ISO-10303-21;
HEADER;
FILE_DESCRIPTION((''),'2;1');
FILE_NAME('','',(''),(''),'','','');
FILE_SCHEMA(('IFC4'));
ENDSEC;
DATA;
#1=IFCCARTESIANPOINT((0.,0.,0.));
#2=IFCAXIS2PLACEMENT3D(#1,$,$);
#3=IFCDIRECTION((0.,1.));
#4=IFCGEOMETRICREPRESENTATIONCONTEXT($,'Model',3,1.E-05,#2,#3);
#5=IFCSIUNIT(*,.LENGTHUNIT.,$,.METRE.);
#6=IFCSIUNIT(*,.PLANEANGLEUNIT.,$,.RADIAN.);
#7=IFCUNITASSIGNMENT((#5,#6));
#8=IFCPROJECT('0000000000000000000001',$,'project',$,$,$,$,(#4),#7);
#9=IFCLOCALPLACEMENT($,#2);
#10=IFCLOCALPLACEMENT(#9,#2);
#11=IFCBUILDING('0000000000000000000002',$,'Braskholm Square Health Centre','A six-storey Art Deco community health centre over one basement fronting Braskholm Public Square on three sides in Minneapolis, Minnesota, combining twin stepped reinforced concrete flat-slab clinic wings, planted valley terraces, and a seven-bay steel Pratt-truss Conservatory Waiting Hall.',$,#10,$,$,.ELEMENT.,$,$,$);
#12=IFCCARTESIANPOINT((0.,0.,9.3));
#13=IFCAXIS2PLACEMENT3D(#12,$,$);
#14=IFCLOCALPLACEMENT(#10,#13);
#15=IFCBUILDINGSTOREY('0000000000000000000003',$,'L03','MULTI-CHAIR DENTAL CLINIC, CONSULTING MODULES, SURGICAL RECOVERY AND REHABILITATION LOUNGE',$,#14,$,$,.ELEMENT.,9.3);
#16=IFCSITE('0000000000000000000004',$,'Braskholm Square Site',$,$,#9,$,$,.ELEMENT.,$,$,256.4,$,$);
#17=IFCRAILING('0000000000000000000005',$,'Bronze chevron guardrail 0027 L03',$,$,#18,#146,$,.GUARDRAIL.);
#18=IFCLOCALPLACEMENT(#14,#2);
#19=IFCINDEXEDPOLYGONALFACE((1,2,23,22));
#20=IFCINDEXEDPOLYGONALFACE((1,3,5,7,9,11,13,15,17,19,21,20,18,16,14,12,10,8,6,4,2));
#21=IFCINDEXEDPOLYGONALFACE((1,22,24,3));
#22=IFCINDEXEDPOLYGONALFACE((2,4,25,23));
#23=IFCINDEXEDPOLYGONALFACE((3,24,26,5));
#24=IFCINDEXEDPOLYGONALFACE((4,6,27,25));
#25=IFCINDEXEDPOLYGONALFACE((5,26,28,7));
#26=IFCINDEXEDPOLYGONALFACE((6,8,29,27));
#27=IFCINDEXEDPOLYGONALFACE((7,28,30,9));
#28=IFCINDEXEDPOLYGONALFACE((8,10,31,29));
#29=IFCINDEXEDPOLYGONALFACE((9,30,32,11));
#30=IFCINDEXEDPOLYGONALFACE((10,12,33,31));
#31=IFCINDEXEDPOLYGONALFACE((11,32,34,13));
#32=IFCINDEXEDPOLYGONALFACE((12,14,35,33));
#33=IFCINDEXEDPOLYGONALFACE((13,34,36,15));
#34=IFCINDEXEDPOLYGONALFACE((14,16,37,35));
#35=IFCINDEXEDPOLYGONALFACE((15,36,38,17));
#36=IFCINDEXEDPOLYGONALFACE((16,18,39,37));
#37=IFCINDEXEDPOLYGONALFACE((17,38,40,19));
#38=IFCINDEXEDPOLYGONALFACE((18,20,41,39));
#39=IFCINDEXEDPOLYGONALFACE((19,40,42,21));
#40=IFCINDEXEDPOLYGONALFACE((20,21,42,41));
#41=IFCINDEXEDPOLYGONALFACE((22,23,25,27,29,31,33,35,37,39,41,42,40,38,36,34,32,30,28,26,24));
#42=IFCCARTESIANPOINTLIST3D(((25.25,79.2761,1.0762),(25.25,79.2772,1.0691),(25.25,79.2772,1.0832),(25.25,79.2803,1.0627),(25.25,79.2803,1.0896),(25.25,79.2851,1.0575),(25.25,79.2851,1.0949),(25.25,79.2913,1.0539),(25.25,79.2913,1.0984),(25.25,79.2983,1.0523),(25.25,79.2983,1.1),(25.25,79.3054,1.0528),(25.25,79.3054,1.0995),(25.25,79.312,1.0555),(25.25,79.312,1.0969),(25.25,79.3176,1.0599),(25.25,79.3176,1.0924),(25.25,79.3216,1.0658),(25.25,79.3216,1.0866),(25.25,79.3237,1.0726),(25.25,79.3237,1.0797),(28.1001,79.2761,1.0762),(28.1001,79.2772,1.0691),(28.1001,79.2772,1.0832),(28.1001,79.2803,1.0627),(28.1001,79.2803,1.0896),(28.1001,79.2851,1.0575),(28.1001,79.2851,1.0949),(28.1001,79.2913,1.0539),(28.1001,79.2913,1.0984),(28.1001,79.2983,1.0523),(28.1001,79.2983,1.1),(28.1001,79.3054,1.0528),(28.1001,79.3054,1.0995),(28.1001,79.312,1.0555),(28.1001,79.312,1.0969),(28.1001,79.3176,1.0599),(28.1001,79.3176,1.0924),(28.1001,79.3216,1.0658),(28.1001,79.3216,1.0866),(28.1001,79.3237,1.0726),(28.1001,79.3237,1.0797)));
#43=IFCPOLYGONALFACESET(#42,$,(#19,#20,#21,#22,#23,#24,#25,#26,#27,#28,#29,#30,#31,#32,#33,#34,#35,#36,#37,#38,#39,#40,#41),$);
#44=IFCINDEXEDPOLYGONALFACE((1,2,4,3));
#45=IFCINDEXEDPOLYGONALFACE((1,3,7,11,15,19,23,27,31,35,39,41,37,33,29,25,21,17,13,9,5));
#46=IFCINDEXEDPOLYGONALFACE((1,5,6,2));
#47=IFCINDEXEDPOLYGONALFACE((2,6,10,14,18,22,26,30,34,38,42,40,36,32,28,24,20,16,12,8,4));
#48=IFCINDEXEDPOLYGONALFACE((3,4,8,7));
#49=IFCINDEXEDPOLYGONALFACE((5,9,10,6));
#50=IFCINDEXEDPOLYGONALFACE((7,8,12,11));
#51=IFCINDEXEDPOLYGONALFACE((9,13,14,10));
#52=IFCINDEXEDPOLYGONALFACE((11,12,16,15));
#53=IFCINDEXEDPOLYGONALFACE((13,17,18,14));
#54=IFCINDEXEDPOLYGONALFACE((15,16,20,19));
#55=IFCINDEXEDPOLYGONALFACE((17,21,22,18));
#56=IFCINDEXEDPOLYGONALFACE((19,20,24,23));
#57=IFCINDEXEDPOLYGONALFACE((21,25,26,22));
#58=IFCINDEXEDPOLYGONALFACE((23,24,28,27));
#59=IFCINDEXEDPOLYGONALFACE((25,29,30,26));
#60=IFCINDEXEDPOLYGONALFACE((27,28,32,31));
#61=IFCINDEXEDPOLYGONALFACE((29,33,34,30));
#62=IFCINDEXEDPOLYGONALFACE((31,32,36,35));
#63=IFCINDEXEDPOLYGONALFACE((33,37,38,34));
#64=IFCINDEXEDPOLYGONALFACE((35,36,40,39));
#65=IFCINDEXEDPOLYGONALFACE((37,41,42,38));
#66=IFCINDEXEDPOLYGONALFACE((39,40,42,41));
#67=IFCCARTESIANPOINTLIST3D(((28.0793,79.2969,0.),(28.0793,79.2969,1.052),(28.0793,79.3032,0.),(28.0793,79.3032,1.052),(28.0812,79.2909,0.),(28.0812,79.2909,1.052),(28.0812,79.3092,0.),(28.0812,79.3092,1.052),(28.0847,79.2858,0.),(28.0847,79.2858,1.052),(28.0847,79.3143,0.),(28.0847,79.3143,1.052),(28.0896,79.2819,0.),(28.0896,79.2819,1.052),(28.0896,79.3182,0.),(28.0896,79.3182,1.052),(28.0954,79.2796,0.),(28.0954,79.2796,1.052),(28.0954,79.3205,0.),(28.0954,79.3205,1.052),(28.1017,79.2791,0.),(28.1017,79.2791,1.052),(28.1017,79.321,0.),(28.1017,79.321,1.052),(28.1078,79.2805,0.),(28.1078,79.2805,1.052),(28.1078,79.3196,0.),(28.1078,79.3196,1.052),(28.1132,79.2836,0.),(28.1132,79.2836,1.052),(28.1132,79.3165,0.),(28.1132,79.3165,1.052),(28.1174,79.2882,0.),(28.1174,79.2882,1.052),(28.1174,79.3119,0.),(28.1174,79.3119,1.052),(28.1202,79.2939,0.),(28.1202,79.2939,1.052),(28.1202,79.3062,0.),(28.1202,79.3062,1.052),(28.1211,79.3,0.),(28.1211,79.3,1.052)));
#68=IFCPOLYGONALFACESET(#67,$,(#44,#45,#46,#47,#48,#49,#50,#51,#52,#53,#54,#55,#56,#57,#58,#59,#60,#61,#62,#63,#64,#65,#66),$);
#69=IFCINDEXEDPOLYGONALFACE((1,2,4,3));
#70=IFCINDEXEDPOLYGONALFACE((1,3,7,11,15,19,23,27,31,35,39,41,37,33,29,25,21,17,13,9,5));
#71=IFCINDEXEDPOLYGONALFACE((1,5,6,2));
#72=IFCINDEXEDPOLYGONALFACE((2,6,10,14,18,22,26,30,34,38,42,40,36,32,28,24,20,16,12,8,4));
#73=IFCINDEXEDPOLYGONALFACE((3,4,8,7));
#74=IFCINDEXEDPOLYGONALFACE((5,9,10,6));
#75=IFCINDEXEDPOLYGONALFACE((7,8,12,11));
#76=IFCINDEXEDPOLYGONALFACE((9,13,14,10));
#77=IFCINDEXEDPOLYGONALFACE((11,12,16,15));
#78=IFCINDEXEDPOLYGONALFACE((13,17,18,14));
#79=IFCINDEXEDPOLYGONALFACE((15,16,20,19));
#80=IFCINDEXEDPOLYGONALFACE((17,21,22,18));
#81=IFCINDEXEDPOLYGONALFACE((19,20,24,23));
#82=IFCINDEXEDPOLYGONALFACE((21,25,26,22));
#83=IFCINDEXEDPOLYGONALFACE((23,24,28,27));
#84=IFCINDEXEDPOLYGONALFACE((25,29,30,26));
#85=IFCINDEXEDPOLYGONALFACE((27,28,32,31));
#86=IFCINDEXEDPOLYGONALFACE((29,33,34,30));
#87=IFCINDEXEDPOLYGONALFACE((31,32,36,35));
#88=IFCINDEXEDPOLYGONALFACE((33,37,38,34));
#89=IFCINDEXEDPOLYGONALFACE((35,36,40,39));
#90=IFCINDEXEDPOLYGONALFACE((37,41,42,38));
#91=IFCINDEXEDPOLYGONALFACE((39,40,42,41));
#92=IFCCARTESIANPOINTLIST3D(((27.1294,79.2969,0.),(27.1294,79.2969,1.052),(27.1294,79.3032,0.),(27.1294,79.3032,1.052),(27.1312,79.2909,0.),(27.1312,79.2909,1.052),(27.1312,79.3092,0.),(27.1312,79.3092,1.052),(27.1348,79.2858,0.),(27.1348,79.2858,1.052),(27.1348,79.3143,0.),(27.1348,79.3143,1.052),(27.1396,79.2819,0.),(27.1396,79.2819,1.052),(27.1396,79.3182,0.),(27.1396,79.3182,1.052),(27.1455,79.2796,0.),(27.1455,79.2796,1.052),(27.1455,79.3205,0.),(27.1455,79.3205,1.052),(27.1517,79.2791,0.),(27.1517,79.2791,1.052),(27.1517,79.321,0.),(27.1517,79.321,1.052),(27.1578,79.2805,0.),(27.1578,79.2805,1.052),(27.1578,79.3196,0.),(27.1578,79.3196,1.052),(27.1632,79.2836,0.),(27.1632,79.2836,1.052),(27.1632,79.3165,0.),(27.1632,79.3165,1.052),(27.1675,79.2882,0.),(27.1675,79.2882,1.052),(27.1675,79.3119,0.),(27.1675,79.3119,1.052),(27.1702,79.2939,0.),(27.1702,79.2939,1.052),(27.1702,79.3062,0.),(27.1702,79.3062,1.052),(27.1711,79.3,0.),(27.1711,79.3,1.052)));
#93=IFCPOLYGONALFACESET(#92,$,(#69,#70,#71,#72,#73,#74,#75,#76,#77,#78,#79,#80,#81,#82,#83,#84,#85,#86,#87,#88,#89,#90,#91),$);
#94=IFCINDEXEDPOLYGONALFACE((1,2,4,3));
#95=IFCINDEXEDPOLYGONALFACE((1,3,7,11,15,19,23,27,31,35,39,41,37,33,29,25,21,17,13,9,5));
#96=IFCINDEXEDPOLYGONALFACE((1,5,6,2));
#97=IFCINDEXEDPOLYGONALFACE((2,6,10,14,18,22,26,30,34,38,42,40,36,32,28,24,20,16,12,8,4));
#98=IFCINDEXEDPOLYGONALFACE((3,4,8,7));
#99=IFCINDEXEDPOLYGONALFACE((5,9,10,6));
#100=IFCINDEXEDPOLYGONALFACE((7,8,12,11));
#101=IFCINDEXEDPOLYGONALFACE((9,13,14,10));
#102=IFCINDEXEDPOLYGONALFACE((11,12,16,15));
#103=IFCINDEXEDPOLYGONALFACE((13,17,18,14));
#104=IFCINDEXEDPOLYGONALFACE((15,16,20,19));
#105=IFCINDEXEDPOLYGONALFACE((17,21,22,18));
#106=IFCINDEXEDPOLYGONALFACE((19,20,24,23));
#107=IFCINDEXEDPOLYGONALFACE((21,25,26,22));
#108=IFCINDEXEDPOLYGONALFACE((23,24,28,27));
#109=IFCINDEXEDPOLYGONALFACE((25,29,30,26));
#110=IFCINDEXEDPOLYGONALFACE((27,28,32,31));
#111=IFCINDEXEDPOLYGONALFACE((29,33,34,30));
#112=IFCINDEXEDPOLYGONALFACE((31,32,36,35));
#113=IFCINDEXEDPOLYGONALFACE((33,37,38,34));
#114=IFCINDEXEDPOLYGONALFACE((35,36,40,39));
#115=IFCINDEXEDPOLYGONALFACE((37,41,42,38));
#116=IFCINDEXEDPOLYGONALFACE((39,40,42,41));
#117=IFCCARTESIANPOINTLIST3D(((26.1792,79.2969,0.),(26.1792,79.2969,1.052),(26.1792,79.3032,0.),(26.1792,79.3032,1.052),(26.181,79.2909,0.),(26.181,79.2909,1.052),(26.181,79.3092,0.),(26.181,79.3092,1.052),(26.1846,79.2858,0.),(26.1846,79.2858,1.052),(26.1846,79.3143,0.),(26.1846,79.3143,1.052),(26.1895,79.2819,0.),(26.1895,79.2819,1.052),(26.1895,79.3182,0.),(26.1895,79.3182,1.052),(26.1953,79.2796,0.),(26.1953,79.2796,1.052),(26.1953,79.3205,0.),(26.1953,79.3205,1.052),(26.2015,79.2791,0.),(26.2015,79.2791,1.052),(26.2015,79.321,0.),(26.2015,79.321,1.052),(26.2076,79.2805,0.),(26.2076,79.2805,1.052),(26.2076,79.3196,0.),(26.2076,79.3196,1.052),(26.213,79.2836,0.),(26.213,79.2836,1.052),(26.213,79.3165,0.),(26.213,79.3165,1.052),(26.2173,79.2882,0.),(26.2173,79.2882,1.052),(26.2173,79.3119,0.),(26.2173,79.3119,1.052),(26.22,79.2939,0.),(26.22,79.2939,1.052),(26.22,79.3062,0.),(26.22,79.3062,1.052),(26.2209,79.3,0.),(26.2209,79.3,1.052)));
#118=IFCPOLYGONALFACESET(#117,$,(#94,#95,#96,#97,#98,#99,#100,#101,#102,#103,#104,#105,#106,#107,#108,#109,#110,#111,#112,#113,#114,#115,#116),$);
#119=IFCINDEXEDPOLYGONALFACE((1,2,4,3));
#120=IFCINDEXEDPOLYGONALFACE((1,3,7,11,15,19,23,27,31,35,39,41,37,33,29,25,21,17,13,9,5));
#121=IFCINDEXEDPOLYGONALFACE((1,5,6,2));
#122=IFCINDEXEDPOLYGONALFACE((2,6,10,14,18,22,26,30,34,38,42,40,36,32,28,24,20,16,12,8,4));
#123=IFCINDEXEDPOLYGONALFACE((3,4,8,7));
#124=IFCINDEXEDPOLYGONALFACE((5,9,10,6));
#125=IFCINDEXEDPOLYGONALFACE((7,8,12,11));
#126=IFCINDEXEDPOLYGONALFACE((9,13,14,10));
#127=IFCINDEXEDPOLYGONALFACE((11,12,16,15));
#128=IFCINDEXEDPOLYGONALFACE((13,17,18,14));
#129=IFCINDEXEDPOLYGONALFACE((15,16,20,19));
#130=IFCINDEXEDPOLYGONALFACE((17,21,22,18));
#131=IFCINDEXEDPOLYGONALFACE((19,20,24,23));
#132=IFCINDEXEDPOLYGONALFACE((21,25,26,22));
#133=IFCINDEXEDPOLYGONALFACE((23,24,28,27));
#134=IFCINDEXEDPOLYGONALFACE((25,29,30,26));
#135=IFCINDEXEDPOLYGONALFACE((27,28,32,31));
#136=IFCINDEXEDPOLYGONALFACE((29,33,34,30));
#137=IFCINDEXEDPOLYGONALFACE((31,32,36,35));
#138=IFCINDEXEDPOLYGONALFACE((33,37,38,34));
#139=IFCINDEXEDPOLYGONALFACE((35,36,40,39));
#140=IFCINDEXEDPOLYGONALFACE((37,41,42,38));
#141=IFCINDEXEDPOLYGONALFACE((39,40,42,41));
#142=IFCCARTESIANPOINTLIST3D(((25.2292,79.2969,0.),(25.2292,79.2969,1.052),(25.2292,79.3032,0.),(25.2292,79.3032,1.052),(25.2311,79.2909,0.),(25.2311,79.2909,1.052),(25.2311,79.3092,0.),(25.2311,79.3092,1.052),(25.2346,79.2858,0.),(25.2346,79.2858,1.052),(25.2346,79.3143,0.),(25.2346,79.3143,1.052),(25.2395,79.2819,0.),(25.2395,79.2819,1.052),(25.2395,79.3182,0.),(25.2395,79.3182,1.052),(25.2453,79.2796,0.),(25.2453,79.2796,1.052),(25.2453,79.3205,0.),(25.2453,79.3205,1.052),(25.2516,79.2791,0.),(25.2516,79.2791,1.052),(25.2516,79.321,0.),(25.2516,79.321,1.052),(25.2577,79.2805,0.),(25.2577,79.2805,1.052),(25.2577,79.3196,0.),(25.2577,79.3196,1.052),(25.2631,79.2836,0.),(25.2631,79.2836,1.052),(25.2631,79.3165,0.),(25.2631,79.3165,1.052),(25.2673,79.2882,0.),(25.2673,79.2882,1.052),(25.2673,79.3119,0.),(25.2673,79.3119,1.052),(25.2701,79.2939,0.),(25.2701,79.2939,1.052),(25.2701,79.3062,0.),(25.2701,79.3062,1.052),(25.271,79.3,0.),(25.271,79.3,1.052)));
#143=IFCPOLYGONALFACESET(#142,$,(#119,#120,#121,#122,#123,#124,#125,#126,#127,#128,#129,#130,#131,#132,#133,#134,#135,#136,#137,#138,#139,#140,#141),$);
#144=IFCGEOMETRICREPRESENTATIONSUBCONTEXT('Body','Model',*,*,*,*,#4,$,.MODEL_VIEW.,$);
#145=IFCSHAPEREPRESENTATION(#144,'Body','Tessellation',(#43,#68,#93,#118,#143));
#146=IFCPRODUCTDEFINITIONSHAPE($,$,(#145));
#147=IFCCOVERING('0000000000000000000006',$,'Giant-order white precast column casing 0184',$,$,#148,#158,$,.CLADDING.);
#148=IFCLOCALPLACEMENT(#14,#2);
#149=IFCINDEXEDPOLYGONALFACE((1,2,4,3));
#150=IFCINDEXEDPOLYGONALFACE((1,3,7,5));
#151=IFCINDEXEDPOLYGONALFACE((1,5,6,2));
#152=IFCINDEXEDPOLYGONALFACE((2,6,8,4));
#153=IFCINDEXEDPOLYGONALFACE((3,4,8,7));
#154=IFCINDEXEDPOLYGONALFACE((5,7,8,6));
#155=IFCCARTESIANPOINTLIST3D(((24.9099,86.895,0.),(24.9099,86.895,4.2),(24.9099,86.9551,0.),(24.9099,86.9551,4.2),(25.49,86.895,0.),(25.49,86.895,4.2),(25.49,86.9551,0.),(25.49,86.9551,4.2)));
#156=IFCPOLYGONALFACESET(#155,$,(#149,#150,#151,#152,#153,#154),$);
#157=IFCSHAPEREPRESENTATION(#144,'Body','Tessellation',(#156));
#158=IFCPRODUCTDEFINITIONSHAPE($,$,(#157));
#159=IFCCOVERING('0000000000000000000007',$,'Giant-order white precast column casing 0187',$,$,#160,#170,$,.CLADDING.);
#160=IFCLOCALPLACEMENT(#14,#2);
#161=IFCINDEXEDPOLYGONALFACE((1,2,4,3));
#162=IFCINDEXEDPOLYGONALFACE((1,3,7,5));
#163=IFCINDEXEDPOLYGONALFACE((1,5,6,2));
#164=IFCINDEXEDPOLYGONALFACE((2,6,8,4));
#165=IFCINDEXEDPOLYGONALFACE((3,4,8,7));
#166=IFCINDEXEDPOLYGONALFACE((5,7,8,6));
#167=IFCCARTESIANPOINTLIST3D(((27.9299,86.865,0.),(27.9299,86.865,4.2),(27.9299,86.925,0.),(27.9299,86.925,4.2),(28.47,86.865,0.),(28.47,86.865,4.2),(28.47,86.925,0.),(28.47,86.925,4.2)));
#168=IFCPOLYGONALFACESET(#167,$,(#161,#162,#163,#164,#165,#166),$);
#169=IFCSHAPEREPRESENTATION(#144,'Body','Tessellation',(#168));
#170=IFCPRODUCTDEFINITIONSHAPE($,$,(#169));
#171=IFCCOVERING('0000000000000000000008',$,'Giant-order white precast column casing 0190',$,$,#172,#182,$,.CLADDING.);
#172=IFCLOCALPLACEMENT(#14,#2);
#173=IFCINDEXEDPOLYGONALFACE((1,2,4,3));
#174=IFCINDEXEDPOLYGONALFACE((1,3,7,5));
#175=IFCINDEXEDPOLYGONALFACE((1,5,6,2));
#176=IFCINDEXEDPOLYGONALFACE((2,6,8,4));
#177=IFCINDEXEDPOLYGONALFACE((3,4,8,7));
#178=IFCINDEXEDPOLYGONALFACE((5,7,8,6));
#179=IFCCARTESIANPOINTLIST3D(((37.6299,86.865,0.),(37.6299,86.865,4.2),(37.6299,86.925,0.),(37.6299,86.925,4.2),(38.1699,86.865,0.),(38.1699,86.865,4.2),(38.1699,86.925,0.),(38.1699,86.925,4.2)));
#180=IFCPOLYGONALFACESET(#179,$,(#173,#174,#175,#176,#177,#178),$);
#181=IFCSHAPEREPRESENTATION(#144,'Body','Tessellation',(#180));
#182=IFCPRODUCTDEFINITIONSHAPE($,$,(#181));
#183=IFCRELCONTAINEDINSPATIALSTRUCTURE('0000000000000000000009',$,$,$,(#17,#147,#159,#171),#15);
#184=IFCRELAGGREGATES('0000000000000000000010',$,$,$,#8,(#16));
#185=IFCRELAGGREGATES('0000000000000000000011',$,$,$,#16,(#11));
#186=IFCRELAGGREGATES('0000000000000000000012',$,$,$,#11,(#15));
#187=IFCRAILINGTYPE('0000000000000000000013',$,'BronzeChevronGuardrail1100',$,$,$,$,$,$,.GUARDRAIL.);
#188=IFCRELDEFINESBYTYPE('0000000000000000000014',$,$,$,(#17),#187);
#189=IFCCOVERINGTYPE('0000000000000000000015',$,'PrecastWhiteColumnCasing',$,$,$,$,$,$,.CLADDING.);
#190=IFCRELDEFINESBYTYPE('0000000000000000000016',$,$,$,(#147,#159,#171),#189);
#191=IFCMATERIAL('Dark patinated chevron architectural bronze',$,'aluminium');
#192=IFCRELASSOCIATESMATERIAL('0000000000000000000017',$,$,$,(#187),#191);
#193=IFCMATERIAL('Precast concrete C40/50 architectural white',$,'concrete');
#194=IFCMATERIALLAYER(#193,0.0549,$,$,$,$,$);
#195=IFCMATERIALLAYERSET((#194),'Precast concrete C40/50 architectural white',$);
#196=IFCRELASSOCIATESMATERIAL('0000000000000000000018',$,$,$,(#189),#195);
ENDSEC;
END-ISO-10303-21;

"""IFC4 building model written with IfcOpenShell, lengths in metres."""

from ifc_helpers import new_model, si_unit, direction, frame, origin, origin_2d, place, context, subcontext, project, spatial, rectangle, circle, extrude, material, layer, layer_set, type_object, element, save


model = new_model("IFC4")

# Units and contexts
model_context = context("Model", 3, precision=1e-05, world=origin(), true_north=direction((0.0, 1.0)))
body_context = subcontext(model_context, "Body", "Model", "MODEL_VIEW")
ifc_project = project(units=[si_unit("LENGTHUNIT", "METRE"), si_unit("PLANEANGLEUNIT", "RADIAN")], contexts=[model_context])

# Site, building, storey
site_placement = place(None, origin())
site = spatial("IfcSite", under=ifc_project, at=site_placement, Name="Braskholm Square Site", CompositionType="ELEMENT", RefElevation=256.4)
building_placement = place(site_placement, origin())
building = spatial("IfcBuilding", under=site, at=building_placement, Name="Braskholm Square Health Centre", Description="A six-storey Art Deco community health centre over one basement fronting Braskholm Public Square on three sides in Minneapolis, Minnesota, combining twin stepped reinforced concrete flat-slab clinic wings, planted valley terraces, and a seven-bay steel Pratt-truss Conservatory Waiting Hall.", CompositionType="ELEMENT")
storey_placement = place(building_placement, frame((0.0, 0.0, 9.3)))
storey = spatial("IfcBuildingStorey", under=building, at=storey_placement, Name="L03", Description="MULTI-CHAIR DENTAL CLINIC, CONSULTING MODULES, SURGICAL RECOVERY AND REHABILITATION LOUNGE", CompositionType="ELEMENT", Elevation=9.3)

# Shared definitions
ifc_material_1 = material(Name="Precast concrete C40/50 architectural white", Category="concrete")

# Railing
ifc_material_2 = material(Name="Dark patinated chevron architectural bronze", Category="aluminium")
railing_type = type_object("IfcRailingType", Name="BronzeChevronGuardrail1100", PredefinedType="GUARDRAIL", material=ifc_material_2)
railing_placement = place(storey_placement, frame((28.1001, 79.3, 0.0)))
element("IfcRailing", 1, at=railing_placement, inside=storey, type_object=railing_type, Name="Bronze chevron guardrail 0027 L03", PredefinedType="GUARDRAIL", context=body_context, shape_type="SweptSolid", body=[
    extrude(circle(Radius=0.0239, at=origin_2d()), frame((0.0, 0.0, 1.0762), z_axis=(-1.0, 0.0, 0.0), x_axis=(0.0, -1.0, 0.0)), (0.0, 0.0, 1.0), 2.8501),
    extrude(circle(Radius=0.021, at=origin_2d()), origin(), (0.0, 0.0, 1.0), 1.052),
    extrude(circle(Radius=0.021, at=origin_2d()), frame((-0.95, 0.0, 0.0)), (0.0, 0.0, 1.0), 1.052),
    extrude(circle(Radius=0.021, at=origin_2d()), frame((-1.9001, 0.0, 0.0)), (0.0, 0.0, 1.0), 1.052),
    extrude(circle(Radius=0.021, at=origin_2d()), frame((-2.8501, 0.0, 0.0)), (0.0, 0.0, 1.0), 1.052),
])

# Coverings
ifc_layer_1 = layer(ifc_material_1, 0.0549)
ifc_layer_set_1 = layer_set([ifc_layer_1], Name="Precast concrete C40/50 architectural white")
covering_type = type_object("IfcCoveringType", Name="PrecastWhiteColumnCasing", PredefinedType="CLADDING", material=ifc_layer_set_1)
covering_placement = place(storey_placement, frame((25.2, 86.925, 0.0), z_axis=(0.0, 0.0, 1.0), x_axis=(1.0, 0.0, 0.0)))
element("IfcCovering", 2, at=covering_placement, inside=storey, type_object=covering_type, Name="Giant-order white precast column casing 0184", PredefinedType="CLADDING", context=body_context, shape_type="SweptSolid", body=[
    extrude(rectangle(XDim=0.5801, YDim=0.0601, at=origin_2d()), origin(), (0.0, 0.0, 1.0), 4.2),
])
for number, where, z_axis, x_axis, name in (
    (3, (28.2, 86.895, 0.0), (0.0, 0.0, 1.0), (1.0, 0.0, 0.0), "Giant-order white precast column casing 0187"),
    (4, (37.8999, 86.895, 0.0), (0.0, 0.0, 1.0), (1.0, 0.0, 0.0), "Giant-order white precast column casing 0190"),
):
    element("IfcCovering", number, at=place(storey_placement, frame(where, z_axis=z_axis, x_axis=x_axis)), inside=storey, type_object=covering_type, Name=name, PredefinedType="CLADDING", context=body_context, shape_type="SweptSolid", body=[
        extrude(rectangle(XDim=0.54, YDim=0.0601, at=origin_2d()), origin(), (0.0, 0.0, 1.0), 4.2),
    ])

save(model, "model.ifc")
